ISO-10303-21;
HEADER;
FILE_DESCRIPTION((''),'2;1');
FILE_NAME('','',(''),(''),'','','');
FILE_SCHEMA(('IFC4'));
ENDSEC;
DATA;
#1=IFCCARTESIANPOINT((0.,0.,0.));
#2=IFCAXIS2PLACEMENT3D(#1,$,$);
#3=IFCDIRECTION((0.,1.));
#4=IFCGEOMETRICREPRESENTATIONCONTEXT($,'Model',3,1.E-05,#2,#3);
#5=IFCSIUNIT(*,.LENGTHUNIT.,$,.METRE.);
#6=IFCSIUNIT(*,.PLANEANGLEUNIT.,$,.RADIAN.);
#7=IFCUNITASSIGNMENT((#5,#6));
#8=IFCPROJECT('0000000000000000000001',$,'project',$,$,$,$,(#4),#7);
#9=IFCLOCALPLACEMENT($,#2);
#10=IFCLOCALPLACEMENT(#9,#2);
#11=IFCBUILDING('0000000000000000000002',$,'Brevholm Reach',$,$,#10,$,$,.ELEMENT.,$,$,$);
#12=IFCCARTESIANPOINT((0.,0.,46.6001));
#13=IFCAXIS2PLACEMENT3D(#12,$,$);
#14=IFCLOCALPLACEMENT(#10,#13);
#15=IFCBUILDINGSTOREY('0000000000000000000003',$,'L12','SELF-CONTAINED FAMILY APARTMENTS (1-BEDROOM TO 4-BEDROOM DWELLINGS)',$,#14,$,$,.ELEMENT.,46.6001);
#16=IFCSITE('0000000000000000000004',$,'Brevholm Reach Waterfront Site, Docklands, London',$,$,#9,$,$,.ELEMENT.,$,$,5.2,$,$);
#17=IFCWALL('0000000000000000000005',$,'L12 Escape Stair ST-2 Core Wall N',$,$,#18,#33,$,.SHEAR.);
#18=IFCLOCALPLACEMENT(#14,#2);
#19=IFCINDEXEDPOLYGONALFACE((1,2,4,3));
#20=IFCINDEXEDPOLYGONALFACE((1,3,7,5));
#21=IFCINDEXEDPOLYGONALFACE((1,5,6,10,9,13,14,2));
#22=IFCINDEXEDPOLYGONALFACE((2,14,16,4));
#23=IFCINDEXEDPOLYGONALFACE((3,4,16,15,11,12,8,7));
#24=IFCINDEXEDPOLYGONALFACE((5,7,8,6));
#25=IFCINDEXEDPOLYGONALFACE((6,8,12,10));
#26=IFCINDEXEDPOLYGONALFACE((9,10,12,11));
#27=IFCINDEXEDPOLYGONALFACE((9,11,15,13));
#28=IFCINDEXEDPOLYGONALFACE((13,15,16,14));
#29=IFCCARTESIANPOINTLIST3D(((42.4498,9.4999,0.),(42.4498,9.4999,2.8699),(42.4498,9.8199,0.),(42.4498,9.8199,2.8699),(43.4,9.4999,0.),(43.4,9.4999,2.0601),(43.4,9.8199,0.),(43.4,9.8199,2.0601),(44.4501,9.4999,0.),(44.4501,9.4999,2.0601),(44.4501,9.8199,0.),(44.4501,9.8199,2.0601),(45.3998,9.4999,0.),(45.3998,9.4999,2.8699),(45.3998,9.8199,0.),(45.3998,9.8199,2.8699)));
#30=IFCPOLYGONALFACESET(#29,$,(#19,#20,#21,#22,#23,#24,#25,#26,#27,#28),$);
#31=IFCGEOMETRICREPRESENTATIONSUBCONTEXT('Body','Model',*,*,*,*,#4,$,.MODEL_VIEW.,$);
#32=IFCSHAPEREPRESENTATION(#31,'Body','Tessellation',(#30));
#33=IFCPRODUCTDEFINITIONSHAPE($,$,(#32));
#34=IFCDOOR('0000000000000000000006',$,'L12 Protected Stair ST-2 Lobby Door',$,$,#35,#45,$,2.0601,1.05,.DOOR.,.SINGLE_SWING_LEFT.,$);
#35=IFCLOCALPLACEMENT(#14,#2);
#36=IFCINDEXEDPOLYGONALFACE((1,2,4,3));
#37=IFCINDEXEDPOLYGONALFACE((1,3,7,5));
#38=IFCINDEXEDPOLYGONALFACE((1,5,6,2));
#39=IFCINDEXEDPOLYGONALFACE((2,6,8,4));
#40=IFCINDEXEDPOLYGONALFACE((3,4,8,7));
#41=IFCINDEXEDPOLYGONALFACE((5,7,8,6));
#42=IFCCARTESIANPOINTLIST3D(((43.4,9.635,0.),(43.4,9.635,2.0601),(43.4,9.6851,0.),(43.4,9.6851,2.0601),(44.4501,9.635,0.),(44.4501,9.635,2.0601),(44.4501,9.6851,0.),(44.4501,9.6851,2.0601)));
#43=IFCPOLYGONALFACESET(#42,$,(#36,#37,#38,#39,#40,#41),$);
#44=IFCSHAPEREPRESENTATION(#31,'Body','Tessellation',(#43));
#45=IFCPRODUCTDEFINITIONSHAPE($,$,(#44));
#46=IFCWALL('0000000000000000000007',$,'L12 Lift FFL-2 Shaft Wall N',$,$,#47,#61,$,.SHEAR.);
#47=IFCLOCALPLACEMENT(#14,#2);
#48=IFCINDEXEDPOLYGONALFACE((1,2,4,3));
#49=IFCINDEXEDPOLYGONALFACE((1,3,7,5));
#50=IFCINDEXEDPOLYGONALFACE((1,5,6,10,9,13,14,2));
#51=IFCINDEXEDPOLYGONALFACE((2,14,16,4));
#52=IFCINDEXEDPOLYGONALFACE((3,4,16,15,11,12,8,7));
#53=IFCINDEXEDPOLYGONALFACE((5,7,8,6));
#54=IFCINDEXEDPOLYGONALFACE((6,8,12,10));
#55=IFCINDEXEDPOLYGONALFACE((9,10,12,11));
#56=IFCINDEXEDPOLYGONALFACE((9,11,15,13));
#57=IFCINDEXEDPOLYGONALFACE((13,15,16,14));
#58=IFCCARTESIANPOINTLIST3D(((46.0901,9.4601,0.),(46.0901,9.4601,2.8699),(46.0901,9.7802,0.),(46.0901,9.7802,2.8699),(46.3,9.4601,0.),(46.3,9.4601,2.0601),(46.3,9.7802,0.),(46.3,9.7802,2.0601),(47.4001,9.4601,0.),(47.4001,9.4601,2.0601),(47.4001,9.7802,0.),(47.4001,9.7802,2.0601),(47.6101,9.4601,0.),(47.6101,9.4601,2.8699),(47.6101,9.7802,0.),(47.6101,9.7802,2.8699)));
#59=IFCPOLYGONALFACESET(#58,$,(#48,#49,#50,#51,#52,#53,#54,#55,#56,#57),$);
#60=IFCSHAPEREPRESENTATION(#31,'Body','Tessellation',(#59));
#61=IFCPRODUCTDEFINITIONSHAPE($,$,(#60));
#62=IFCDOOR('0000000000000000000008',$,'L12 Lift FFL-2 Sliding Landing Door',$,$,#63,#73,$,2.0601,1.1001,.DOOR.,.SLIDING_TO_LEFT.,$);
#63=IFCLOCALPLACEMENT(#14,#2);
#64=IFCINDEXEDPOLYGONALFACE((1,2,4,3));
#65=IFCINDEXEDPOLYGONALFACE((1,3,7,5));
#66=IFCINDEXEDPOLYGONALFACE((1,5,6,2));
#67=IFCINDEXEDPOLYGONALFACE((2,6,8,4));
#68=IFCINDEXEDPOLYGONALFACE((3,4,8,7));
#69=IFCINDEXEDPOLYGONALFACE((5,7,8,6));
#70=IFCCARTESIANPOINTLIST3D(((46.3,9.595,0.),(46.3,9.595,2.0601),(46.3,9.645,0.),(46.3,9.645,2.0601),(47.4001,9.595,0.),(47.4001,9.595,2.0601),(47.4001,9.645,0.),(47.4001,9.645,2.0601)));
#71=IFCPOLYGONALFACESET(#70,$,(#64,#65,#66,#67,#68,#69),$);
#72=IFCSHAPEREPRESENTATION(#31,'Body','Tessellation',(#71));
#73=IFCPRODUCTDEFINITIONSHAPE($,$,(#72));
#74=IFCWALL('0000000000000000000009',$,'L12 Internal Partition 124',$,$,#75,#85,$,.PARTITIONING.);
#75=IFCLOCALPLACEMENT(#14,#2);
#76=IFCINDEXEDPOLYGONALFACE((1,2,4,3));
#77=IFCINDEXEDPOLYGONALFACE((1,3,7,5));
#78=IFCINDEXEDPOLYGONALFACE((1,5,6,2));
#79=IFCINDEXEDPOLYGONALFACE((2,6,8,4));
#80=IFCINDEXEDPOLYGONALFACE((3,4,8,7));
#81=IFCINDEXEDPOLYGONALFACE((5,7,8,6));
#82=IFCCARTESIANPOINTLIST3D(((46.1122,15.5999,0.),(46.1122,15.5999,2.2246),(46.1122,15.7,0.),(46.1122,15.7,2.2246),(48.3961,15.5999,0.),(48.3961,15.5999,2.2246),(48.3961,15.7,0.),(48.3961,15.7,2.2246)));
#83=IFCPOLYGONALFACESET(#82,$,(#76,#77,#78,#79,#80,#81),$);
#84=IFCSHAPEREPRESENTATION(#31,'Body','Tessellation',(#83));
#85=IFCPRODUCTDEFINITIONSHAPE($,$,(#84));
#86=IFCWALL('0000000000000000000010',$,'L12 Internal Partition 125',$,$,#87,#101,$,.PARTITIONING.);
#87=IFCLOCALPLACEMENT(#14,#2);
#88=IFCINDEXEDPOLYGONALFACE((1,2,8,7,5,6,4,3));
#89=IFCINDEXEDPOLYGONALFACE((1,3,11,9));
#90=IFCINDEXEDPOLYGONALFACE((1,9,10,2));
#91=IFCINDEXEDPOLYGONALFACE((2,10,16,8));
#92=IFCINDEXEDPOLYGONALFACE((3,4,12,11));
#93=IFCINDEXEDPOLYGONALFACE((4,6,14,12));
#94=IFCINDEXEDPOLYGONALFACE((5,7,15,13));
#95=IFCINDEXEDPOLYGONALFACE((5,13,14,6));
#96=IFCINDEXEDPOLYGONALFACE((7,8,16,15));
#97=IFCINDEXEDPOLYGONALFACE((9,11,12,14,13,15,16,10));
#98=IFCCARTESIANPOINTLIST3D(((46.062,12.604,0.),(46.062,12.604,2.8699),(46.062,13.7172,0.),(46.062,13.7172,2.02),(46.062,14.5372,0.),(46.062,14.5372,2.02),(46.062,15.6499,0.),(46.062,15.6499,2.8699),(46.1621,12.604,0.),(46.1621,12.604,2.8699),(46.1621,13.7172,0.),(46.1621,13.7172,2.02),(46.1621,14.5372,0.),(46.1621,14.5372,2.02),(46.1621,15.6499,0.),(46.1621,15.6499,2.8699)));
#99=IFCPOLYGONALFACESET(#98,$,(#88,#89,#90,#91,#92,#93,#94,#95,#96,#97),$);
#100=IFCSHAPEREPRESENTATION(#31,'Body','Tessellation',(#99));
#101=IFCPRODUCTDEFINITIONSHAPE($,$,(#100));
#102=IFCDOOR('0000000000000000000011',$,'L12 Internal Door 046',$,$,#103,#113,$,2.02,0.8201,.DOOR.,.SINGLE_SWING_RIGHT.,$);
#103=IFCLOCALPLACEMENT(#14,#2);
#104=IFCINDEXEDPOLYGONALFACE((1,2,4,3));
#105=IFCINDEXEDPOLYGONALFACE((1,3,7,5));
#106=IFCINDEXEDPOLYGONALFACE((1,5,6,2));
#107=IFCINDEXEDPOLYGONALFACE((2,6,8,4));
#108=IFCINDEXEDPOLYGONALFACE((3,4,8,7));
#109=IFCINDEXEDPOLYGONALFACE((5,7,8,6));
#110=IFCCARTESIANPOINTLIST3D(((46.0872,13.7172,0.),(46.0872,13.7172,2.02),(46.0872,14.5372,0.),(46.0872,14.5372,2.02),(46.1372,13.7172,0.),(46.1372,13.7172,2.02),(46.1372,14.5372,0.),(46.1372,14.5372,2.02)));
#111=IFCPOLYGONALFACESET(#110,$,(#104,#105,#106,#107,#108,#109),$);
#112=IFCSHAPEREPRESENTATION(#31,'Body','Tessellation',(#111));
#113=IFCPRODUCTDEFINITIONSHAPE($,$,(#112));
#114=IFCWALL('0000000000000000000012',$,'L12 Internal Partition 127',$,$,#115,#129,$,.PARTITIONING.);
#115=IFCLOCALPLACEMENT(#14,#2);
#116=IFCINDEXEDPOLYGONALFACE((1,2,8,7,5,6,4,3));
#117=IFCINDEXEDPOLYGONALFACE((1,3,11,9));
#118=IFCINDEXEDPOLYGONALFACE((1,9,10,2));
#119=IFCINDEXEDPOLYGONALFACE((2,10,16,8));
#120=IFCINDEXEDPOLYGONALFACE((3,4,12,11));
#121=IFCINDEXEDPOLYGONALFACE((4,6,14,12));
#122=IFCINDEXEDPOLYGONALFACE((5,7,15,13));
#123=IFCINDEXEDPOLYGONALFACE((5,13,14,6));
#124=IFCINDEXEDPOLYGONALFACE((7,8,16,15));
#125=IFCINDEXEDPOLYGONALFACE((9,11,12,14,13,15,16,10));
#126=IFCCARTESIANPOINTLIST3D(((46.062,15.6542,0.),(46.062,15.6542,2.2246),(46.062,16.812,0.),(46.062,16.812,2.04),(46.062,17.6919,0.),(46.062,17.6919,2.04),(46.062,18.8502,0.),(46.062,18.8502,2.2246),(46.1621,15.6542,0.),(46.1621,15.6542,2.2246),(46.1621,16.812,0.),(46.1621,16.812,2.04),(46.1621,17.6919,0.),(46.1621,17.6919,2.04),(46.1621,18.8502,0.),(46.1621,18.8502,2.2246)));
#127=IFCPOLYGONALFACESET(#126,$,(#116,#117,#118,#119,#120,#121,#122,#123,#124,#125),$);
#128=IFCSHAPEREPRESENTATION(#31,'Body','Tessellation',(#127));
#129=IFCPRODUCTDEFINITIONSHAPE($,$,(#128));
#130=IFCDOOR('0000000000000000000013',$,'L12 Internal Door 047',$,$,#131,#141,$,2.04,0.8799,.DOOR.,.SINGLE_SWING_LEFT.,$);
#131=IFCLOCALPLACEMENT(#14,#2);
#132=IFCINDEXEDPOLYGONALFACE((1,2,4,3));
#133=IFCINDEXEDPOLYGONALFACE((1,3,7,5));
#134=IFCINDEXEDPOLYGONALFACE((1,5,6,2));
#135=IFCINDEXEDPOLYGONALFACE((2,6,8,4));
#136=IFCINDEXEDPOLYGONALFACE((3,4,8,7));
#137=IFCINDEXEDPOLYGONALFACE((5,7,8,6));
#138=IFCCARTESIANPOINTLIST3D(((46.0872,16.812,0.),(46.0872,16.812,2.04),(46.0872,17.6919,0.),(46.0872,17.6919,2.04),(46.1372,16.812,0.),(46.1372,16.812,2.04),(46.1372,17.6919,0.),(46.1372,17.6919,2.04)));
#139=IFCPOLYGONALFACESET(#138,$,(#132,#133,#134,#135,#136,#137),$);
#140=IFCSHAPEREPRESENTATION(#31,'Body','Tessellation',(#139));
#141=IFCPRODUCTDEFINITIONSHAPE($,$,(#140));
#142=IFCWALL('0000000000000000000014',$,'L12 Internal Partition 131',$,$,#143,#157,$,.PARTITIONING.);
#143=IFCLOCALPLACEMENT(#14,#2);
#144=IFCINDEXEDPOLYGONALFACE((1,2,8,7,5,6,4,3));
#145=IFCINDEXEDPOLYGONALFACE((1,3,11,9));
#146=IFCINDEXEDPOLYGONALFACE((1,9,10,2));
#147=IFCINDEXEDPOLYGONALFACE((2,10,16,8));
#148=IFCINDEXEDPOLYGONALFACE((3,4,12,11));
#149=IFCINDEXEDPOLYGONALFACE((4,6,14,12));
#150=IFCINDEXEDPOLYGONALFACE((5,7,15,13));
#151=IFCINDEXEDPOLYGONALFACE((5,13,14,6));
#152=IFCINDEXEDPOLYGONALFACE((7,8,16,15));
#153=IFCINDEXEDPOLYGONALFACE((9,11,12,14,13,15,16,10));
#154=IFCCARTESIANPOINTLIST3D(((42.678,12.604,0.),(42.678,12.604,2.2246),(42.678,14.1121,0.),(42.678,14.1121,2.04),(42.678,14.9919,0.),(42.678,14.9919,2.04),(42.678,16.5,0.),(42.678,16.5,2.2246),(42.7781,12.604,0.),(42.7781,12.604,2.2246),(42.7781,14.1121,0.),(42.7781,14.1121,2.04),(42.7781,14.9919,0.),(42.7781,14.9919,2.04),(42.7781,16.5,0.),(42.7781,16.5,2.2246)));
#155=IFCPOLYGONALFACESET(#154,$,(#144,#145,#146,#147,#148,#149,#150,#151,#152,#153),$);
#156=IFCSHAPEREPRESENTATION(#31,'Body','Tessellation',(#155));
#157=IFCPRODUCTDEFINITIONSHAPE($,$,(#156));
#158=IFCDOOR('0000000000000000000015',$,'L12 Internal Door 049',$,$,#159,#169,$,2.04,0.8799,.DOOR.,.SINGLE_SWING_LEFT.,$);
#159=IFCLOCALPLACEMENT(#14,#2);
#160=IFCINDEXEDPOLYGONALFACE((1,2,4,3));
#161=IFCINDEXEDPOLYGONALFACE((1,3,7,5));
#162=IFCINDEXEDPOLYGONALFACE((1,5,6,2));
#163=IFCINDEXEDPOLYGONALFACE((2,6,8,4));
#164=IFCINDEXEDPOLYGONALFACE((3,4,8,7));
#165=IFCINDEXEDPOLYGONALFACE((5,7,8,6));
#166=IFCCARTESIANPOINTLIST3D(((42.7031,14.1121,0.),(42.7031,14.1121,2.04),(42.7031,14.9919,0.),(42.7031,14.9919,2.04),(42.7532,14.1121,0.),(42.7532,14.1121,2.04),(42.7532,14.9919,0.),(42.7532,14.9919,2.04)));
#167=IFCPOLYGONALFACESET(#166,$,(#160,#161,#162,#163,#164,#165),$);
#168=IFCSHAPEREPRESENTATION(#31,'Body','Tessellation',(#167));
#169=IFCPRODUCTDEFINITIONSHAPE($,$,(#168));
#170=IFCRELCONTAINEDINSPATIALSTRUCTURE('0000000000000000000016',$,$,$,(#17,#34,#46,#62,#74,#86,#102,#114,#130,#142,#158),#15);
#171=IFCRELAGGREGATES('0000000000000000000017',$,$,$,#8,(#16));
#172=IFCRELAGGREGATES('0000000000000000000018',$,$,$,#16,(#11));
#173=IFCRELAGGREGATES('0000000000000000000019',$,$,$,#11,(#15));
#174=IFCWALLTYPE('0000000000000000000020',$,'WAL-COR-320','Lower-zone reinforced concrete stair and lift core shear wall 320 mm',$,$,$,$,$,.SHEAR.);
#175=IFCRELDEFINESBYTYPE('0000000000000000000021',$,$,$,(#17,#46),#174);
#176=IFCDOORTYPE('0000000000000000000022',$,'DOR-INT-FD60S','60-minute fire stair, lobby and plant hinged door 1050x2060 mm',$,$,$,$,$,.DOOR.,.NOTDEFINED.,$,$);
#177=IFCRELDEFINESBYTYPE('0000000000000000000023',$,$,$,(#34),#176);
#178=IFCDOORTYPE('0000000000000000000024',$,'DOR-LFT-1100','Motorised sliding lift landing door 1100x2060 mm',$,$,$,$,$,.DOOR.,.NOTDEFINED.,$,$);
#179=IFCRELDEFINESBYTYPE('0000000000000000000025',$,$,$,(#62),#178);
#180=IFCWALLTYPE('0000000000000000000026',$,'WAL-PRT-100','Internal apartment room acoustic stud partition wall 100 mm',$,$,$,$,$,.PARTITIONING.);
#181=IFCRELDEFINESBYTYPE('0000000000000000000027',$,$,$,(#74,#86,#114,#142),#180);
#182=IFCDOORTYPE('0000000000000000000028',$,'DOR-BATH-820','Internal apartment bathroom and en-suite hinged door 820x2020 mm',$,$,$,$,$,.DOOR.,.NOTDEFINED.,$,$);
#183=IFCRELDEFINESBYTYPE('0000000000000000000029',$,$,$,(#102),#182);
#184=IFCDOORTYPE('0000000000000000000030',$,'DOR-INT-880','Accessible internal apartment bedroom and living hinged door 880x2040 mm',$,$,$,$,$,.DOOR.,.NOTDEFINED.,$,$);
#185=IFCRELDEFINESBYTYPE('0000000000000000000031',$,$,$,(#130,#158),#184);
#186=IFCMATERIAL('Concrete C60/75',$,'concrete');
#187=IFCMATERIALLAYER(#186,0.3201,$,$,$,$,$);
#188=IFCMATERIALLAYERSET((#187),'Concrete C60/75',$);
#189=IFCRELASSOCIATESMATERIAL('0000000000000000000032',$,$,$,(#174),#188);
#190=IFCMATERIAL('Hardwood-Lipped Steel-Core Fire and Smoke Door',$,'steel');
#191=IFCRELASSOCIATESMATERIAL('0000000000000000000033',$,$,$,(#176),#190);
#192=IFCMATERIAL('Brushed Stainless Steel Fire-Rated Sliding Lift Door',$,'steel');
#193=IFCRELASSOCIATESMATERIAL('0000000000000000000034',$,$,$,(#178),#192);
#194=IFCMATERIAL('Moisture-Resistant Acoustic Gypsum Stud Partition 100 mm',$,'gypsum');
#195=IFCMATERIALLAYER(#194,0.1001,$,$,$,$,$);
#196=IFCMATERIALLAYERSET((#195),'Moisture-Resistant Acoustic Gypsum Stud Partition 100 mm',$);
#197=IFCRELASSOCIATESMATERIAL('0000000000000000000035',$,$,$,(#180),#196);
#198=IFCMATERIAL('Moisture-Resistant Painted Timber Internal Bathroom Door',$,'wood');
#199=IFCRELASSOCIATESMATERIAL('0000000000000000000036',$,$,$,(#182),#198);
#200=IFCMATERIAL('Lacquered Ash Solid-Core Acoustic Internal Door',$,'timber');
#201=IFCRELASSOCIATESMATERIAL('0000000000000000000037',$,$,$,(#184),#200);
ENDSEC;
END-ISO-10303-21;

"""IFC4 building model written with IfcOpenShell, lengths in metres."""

from ifc_helpers import new_model, si_unit, direction, frame, frame_2d, origin, place, context, subcontext, project, spatial, rectangle, extrude, material, layer, layer_set, type_object, element, fill, save


model = new_model("IFC4")

# Units and contexts
model_context = context("Model", 3, precision=1e-05, world=origin(), true_north=direction((0.0, 1.0)))
body_context = subcontext(model_context, "Body", "Model", "MODEL_VIEW")
ifc_project = project(units=[si_unit("LENGTHUNIT", "METRE"), si_unit("PLANEANGLEUNIT", "RADIAN")], contexts=[model_context])

# Site, building, storey
site_placement = place(None, origin())
site = spatial("IfcSite", under=ifc_project, at=site_placement, Name="Brevholm Reach Waterfront Site, Docklands, London", CompositionType="ELEMENT", RefElevation=5.2)
building_placement = place(site_placement, origin())
building = spatial("IfcBuilding", under=site, at=building_placement, Name="Brevholm Reach", CompositionType="ELEMENT")
storey_placement = place(building_placement, frame((0.0, 0.0, 46.6001)))
storey = spatial("IfcBuildingStorey", under=building, at=storey_placement, Name="L12", Description="SELF-CONTAINED FAMILY APARTMENTS (1-BEDROOM TO 4-BEDROOM DWELLINGS)", CompositionType="ELEMENT", Elevation=46.6001)

# Walls, openings, doors
ifc_material_1 = material(Name="Concrete C60/75", Category="concrete")
ifc_layer_1 = layer(ifc_material_1, 0.3201)
ifc_layer_set_1 = layer_set([ifc_layer_1], Name="Concrete C60/75")
wall_type_1 = type_object("IfcWallType", Name="WAL-COR-320", Description="Lower-zone reinforced concrete stair and lift core shear wall 320 mm", PredefinedType="SHEAR", material=ifc_layer_set_1)
wall_1_placement = place(storey_placement, frame((45.3999, 9.6599, 0.0), z_axis=(0.0, 0.0, 1.0), x_axis=(-1.0, 0.0, 0.0)))
wall_1 = element("IfcWall", 1, at=wall_1_placement, inside=storey, type_object=wall_type_1, Name="L12 Escape Stair ST-2 Core Wall N", PredefinedType="SHEAR", context=body_context, shape_type="SweptSolid", body=[
    extrude(rectangle(XDim=2.95, YDim=0.3201, at=frame_2d((1.4751, 0.0))), origin(), (0.0, 0.0, 1.0), 2.8699),
])
opening_1_placement = place(wall_1_placement, frame((0.95, 0.0, 0.0)))
opening_1 = element("IfcOpeningElement", 2, at=opening_1_placement, cuts=wall_1, PredefinedType="OPENING", context=body_context, shape_type="SweptSolid", body=[
    extrude(rectangle(XDim=1.05, YDim=2.0601, at=frame_2d((0.5249, 1.03))), frame((0.0, 0.1699, 0.0), z_axis=(0.0, -1.0, 0.0), x_axis=(1.0, 0.0, 0.0)), (0.0, 0.0, 1.0), 0.3401),
])
ifc_material_2 = material(Name="Hardwood-Lipped Steel-Core Fire and Smoke Door", Category="steel")
door_type_1 = type_object("IfcDoorType", Name="DOR-INT-FD60S", Description="60-minute fire stair, lobby and plant hinged door 1050x2060 mm", OperationType="NOTDEFINED", PredefinedType="DOOR", material=ifc_material_2)
door_1_placement = place(opening_1_placement, origin())
door_1 = element("IfcDoor", 3, at=door_1_placement, inside=storey, type_object=door_type_1, Name="L12 Protected Stair ST-2 Lobby Door", OperationType="SINGLE_SWING_LEFT", OverallHeight=2.0601, OverallWidth=1.05, PredefinedType="DOOR", context=body_context, shape_type="SweptSolid", body=[
    extrude(rectangle(XDim=1.05, YDim=2.0601, at=frame_2d((0.5249, 1.03))), frame((0.0, 0.0249, 0.0), z_axis=(0.0, -1.0, 0.0), x_axis=(1.0, 0.0, 0.0)), (0.0, 0.0, 1.0), 0.05),
])
fill(opening_1, door_1)
wall_2_placement = place(storey_placement, frame((46.0901, 9.6201, 0.0), z_axis=(0.0, 0.0, 1.0), x_axis=(1.0, 0.0, 0.0)))
wall_2 = element("IfcWall", 4, at=wall_2_placement, inside=storey, type_object=wall_type_1, Name="L12 Lift FFL-2 Shaft Wall N", PredefinedType="SHEAR", context=body_context, shape_type="SweptSolid", body=[
    extrude(rectangle(XDim=1.52, YDim=0.3201, at=frame_2d((0.76, 0.0))), origin(), (0.0, 0.0, 1.0), 2.8699),
])
opening_2_placement = place(wall_2_placement, frame((0.21, 0.0, 0.0)))
opening_2 = element("IfcOpeningElement", 5, at=opening_2_placement, cuts=wall_2, PredefinedType="OPENING", context=body_context, shape_type="SweptSolid", body=[
    extrude(rectangle(XDim=1.1001, YDim=2.0601, at=frame_2d((0.55, 1.03))), frame((0.0, 0.1699, 0.0), z_axis=(0.0, -1.0, 0.0), x_axis=(1.0, 0.0, 0.0)), (0.0, 0.0, 1.0), 0.3401),
])
ifc_material_3 = material(Name="Brushed Stainless Steel Fire-Rated Sliding Lift Door", Category="steel")
door_type_2 = type_object("IfcDoorType", Name="DOR-LFT-1100", Description="Motorised sliding lift landing door 1100x2060 mm", OperationType="NOTDEFINED", PredefinedType="DOOR", material=ifc_material_3)
door_2_placement = place(opening_2_placement, origin())
door_2 = element("IfcDoor", 6, at=door_2_placement, inside=storey, type_object=door_type_2, Name="L12 Lift FFL-2 Sliding Landing Door", OperationType="SLIDING_TO_LEFT", OverallHeight=2.0601, OverallWidth=1.1001, PredefinedType="DOOR", context=body_context, shape_type="SweptSolid", body=[
    extrude(rectangle(XDim=1.1001, YDim=2.0601, at=frame_2d((0.55, 1.03))), frame((0.0, 0.0249, 0.0), z_axis=(0.0, -1.0, 0.0), x_axis=(1.0, 0.0, 0.0)), (0.0, 0.0, 1.0), 0.05),
])
fill(opening_2, door_2)

# Wall
ifc_material_4 = material(Name="Moisture-Resistant Acoustic Gypsum Stud Partition 100 mm", Category="gypsum")
ifc_layer_2 = layer(ifc_material_4, 0.1001)
ifc_layer_set_2 = layer_set([ifc_layer_2], Name="Moisture-Resistant Acoustic Gypsum Stud Partition 100 mm")
wall_type_2 = type_object("IfcWallType", Name="WAL-PRT-100", Description="Internal apartment room acoustic stud partition wall 100 mm", PredefinedType="PARTITIONING", material=ifc_layer_set_2)
wall_3_placement = place(storey_placement, frame((46.1121, 15.6499, 0.0), z_axis=(0.0, 0.0, 1.0), x_axis=(1.0, 0.0, 0.0)))
element("IfcWall", 7, at=wall_3_placement, inside=storey, type_object=wall_type_2, Name="L12 Internal Partition 124", PredefinedType="PARTITIONING", context=body_context, shape_type="SweptSolid", body=[
    extrude(rectangle(XDim=2.2839, YDim=0.1001, at=frame_2d((1.1421, 0.0))), origin(), (0.0, 0.0, 1.0), 2.2246),
])

# Walls, openings, doors
wall_4_placement = place(storey_placement, frame((46.1121, 12.604, 0.0), z_axis=(0.0, 0.0, 1.0), x_axis=(0.0, 1.0, 0.0)))
wall_4 = element("IfcWall", 8, at=wall_4_placement, inside=storey, type_object=wall_type_2, Name="L12 Internal Partition 125", PredefinedType="PARTITIONING", context=body_context, shape_type="SweptSolid", body=[
    extrude(rectangle(XDim=3.0459, YDim=0.1001, at=frame_2d((1.5229, 0.0))), origin(), (0.0, 0.0, 1.0), 2.8699),
])
opening_3_placement = place(wall_4_placement, frame((1.113, 0.0, 0.0)))
opening_3 = element("IfcOpeningElement", 9, at=opening_3_placement, cuts=wall_4, PredefinedType="OPENING", context=body_context, shape_type="SweptSolid", body=[
    extrude(rectangle(XDim=0.8201, YDim=2.02, at=frame_2d((0.4102, 1.01))), frame((0.0, 0.0601, 0.0), z_axis=(0.0, -1.0, 0.0), x_axis=(1.0, 0.0, 0.0)), (0.0, 0.0, 1.0), 0.1201),
])
ifc_material_5 = material(Name="Moisture-Resistant Painted Timber Internal Bathroom Door", Category="wood")
door_type_3 = type_object("IfcDoorType", Name="DOR-BATH-820", Description="Internal apartment bathroom and en-suite hinged door 820x2020 mm", OperationType="NOTDEFINED", PredefinedType="DOOR", material=ifc_material_5)
door_3_placement = place(opening_3_placement, origin())
door_3 = element("IfcDoor", 10, at=door_3_placement, inside=storey, type_object=door_type_3, Name="L12 Internal Door 046", OperationType="SINGLE_SWING_RIGHT", OverallHeight=2.02, OverallWidth=0.8201, PredefinedType="DOOR", context=body_context, shape_type="SweptSolid", body=[
    extrude(rectangle(XDim=0.8201, YDim=2.02, at=frame_2d((0.4102, 1.01))), frame((0.0, 0.0249, 0.0), z_axis=(0.0, -1.0, 0.0), x_axis=(1.0, 0.0, 0.0)), (0.0, 0.0, 1.0), 0.05),
])
fill(opening_3, door_3)
wall_5_placement = place(storey_placement, frame((46.1121, 15.6541, 0.0), z_axis=(0.0, 0.0, 1.0), x_axis=(0.0, 1.0, 0.0)))
wall_5 = element("IfcWall", 11, at=wall_5_placement, inside=storey, type_object=wall_type_2, Name="L12 Internal Partition 127", PredefinedType="PARTITIONING", context=body_context, shape_type="SweptSolid", body=[
    extrude(rectangle(XDim=3.196, YDim=0.1001, at=frame_2d((1.5981, 0.0))), origin(), (0.0, 0.0, 1.0), 2.2246),
])
opening_4_placement = place(wall_5_placement, frame((1.158, 0.0, 0.0)))
opening_4 = element("IfcOpeningElement", 12, at=opening_4_placement, cuts=wall_5, PredefinedType="OPENING", context=body_context, shape_type="SweptSolid", body=[
    extrude(rectangle(XDim=0.8799, YDim=2.04, at=frame_2d((0.4399, 1.02))), frame((0.0, 0.0601, 0.0), z_axis=(0.0, -1.0, 0.0), x_axis=(1.0, 0.0, 0.0)), (0.0, 0.0, 1.0), 0.1201),
])
ifc_material_6 = material(Name="Lacquered Ash Solid-Core Acoustic Internal Door", Category="timber")
door_type_4 = type_object("IfcDoorType", Name="DOR-INT-880", Description="Accessible internal apartment bedroom and living hinged door 880x2040 mm", OperationType="NOTDEFINED", PredefinedType="DOOR", material=ifc_material_6)
door_4_placement = place(opening_4_placement, origin())
door_4 = element("IfcDoor", 13, at=door_4_placement, inside=storey, type_object=door_type_4, Name="L12 Internal Door 047", OperationType="SINGLE_SWING_LEFT", OverallHeight=2.04, OverallWidth=0.8799, PredefinedType="DOOR", context=body_context, shape_type="SweptSolid", body=[
    extrude(rectangle(XDim=0.8799, YDim=2.04, at=frame_2d((0.4399, 1.02))), frame((0.0, 0.0249, 0.0), z_axis=(0.0, -1.0, 0.0), x_axis=(1.0, 0.0, 0.0)), (0.0, 0.0, 1.0), 0.05),
])
fill(opening_4, door_4)
wall_6_placement = place(storey_placement, frame((42.728, 12.604, 0.0), z_axis=(0.0, 0.0, 1.0), x_axis=(0.0, 1.0, 0.0)))
wall_6 = element("IfcWall", 14, at=wall_6_placement, inside=storey, type_object=wall_type_2, Name="L12 Internal Partition 131", PredefinedType="PARTITIONING", context=body_context, shape_type="SweptSolid", body=[
    extrude(rectangle(XDim=3.896, YDim=0.1001, at=frame_2d((1.948, 0.0))), origin(), (0.0, 0.0, 1.0), 2.2246),
])
opening_5_placement = place(wall_6_placement, frame((1.5081, 0.0, 0.0)))
opening_5 = element("IfcOpeningElement", 15, at=opening_5_placement, cuts=wall_6, PredefinedType="OPENING", context=body_context, shape_type="SweptSolid", body=[
    extrude(rectangle(XDim=0.8799, YDim=2.04, at=frame_2d((0.4399, 1.02))), frame((0.0, 0.0601, 0.0), z_axis=(0.0, -1.0, 0.0), x_axis=(1.0, 0.0, 0.0)), (0.0, 0.0, 1.0), 0.1201),
])
door_5_placement = place(opening_5_placement, origin())
door_5 = element("IfcDoor", 16, at=door_5_placement, inside=storey, type_object=door_type_4, Name="L12 Internal Door 049", OperationType="SINGLE_SWING_LEFT", OverallHeight=2.04, OverallWidth=0.8799, PredefinedType="DOOR", context=body_context, shape_type="SweptSolid", body=[
    extrude(rectangle(XDim=0.8799, YDim=2.04, at=frame_2d((0.4399, 1.02))), frame((0.0, 0.0249, 0.0), z_axis=(0.0, -1.0, 0.0), x_axis=(1.0, 0.0, 0.0)), (0.0, 0.0, 1.0), 0.05),
])
fill(opening_5, door_5)

save(model, "model.ifc")
